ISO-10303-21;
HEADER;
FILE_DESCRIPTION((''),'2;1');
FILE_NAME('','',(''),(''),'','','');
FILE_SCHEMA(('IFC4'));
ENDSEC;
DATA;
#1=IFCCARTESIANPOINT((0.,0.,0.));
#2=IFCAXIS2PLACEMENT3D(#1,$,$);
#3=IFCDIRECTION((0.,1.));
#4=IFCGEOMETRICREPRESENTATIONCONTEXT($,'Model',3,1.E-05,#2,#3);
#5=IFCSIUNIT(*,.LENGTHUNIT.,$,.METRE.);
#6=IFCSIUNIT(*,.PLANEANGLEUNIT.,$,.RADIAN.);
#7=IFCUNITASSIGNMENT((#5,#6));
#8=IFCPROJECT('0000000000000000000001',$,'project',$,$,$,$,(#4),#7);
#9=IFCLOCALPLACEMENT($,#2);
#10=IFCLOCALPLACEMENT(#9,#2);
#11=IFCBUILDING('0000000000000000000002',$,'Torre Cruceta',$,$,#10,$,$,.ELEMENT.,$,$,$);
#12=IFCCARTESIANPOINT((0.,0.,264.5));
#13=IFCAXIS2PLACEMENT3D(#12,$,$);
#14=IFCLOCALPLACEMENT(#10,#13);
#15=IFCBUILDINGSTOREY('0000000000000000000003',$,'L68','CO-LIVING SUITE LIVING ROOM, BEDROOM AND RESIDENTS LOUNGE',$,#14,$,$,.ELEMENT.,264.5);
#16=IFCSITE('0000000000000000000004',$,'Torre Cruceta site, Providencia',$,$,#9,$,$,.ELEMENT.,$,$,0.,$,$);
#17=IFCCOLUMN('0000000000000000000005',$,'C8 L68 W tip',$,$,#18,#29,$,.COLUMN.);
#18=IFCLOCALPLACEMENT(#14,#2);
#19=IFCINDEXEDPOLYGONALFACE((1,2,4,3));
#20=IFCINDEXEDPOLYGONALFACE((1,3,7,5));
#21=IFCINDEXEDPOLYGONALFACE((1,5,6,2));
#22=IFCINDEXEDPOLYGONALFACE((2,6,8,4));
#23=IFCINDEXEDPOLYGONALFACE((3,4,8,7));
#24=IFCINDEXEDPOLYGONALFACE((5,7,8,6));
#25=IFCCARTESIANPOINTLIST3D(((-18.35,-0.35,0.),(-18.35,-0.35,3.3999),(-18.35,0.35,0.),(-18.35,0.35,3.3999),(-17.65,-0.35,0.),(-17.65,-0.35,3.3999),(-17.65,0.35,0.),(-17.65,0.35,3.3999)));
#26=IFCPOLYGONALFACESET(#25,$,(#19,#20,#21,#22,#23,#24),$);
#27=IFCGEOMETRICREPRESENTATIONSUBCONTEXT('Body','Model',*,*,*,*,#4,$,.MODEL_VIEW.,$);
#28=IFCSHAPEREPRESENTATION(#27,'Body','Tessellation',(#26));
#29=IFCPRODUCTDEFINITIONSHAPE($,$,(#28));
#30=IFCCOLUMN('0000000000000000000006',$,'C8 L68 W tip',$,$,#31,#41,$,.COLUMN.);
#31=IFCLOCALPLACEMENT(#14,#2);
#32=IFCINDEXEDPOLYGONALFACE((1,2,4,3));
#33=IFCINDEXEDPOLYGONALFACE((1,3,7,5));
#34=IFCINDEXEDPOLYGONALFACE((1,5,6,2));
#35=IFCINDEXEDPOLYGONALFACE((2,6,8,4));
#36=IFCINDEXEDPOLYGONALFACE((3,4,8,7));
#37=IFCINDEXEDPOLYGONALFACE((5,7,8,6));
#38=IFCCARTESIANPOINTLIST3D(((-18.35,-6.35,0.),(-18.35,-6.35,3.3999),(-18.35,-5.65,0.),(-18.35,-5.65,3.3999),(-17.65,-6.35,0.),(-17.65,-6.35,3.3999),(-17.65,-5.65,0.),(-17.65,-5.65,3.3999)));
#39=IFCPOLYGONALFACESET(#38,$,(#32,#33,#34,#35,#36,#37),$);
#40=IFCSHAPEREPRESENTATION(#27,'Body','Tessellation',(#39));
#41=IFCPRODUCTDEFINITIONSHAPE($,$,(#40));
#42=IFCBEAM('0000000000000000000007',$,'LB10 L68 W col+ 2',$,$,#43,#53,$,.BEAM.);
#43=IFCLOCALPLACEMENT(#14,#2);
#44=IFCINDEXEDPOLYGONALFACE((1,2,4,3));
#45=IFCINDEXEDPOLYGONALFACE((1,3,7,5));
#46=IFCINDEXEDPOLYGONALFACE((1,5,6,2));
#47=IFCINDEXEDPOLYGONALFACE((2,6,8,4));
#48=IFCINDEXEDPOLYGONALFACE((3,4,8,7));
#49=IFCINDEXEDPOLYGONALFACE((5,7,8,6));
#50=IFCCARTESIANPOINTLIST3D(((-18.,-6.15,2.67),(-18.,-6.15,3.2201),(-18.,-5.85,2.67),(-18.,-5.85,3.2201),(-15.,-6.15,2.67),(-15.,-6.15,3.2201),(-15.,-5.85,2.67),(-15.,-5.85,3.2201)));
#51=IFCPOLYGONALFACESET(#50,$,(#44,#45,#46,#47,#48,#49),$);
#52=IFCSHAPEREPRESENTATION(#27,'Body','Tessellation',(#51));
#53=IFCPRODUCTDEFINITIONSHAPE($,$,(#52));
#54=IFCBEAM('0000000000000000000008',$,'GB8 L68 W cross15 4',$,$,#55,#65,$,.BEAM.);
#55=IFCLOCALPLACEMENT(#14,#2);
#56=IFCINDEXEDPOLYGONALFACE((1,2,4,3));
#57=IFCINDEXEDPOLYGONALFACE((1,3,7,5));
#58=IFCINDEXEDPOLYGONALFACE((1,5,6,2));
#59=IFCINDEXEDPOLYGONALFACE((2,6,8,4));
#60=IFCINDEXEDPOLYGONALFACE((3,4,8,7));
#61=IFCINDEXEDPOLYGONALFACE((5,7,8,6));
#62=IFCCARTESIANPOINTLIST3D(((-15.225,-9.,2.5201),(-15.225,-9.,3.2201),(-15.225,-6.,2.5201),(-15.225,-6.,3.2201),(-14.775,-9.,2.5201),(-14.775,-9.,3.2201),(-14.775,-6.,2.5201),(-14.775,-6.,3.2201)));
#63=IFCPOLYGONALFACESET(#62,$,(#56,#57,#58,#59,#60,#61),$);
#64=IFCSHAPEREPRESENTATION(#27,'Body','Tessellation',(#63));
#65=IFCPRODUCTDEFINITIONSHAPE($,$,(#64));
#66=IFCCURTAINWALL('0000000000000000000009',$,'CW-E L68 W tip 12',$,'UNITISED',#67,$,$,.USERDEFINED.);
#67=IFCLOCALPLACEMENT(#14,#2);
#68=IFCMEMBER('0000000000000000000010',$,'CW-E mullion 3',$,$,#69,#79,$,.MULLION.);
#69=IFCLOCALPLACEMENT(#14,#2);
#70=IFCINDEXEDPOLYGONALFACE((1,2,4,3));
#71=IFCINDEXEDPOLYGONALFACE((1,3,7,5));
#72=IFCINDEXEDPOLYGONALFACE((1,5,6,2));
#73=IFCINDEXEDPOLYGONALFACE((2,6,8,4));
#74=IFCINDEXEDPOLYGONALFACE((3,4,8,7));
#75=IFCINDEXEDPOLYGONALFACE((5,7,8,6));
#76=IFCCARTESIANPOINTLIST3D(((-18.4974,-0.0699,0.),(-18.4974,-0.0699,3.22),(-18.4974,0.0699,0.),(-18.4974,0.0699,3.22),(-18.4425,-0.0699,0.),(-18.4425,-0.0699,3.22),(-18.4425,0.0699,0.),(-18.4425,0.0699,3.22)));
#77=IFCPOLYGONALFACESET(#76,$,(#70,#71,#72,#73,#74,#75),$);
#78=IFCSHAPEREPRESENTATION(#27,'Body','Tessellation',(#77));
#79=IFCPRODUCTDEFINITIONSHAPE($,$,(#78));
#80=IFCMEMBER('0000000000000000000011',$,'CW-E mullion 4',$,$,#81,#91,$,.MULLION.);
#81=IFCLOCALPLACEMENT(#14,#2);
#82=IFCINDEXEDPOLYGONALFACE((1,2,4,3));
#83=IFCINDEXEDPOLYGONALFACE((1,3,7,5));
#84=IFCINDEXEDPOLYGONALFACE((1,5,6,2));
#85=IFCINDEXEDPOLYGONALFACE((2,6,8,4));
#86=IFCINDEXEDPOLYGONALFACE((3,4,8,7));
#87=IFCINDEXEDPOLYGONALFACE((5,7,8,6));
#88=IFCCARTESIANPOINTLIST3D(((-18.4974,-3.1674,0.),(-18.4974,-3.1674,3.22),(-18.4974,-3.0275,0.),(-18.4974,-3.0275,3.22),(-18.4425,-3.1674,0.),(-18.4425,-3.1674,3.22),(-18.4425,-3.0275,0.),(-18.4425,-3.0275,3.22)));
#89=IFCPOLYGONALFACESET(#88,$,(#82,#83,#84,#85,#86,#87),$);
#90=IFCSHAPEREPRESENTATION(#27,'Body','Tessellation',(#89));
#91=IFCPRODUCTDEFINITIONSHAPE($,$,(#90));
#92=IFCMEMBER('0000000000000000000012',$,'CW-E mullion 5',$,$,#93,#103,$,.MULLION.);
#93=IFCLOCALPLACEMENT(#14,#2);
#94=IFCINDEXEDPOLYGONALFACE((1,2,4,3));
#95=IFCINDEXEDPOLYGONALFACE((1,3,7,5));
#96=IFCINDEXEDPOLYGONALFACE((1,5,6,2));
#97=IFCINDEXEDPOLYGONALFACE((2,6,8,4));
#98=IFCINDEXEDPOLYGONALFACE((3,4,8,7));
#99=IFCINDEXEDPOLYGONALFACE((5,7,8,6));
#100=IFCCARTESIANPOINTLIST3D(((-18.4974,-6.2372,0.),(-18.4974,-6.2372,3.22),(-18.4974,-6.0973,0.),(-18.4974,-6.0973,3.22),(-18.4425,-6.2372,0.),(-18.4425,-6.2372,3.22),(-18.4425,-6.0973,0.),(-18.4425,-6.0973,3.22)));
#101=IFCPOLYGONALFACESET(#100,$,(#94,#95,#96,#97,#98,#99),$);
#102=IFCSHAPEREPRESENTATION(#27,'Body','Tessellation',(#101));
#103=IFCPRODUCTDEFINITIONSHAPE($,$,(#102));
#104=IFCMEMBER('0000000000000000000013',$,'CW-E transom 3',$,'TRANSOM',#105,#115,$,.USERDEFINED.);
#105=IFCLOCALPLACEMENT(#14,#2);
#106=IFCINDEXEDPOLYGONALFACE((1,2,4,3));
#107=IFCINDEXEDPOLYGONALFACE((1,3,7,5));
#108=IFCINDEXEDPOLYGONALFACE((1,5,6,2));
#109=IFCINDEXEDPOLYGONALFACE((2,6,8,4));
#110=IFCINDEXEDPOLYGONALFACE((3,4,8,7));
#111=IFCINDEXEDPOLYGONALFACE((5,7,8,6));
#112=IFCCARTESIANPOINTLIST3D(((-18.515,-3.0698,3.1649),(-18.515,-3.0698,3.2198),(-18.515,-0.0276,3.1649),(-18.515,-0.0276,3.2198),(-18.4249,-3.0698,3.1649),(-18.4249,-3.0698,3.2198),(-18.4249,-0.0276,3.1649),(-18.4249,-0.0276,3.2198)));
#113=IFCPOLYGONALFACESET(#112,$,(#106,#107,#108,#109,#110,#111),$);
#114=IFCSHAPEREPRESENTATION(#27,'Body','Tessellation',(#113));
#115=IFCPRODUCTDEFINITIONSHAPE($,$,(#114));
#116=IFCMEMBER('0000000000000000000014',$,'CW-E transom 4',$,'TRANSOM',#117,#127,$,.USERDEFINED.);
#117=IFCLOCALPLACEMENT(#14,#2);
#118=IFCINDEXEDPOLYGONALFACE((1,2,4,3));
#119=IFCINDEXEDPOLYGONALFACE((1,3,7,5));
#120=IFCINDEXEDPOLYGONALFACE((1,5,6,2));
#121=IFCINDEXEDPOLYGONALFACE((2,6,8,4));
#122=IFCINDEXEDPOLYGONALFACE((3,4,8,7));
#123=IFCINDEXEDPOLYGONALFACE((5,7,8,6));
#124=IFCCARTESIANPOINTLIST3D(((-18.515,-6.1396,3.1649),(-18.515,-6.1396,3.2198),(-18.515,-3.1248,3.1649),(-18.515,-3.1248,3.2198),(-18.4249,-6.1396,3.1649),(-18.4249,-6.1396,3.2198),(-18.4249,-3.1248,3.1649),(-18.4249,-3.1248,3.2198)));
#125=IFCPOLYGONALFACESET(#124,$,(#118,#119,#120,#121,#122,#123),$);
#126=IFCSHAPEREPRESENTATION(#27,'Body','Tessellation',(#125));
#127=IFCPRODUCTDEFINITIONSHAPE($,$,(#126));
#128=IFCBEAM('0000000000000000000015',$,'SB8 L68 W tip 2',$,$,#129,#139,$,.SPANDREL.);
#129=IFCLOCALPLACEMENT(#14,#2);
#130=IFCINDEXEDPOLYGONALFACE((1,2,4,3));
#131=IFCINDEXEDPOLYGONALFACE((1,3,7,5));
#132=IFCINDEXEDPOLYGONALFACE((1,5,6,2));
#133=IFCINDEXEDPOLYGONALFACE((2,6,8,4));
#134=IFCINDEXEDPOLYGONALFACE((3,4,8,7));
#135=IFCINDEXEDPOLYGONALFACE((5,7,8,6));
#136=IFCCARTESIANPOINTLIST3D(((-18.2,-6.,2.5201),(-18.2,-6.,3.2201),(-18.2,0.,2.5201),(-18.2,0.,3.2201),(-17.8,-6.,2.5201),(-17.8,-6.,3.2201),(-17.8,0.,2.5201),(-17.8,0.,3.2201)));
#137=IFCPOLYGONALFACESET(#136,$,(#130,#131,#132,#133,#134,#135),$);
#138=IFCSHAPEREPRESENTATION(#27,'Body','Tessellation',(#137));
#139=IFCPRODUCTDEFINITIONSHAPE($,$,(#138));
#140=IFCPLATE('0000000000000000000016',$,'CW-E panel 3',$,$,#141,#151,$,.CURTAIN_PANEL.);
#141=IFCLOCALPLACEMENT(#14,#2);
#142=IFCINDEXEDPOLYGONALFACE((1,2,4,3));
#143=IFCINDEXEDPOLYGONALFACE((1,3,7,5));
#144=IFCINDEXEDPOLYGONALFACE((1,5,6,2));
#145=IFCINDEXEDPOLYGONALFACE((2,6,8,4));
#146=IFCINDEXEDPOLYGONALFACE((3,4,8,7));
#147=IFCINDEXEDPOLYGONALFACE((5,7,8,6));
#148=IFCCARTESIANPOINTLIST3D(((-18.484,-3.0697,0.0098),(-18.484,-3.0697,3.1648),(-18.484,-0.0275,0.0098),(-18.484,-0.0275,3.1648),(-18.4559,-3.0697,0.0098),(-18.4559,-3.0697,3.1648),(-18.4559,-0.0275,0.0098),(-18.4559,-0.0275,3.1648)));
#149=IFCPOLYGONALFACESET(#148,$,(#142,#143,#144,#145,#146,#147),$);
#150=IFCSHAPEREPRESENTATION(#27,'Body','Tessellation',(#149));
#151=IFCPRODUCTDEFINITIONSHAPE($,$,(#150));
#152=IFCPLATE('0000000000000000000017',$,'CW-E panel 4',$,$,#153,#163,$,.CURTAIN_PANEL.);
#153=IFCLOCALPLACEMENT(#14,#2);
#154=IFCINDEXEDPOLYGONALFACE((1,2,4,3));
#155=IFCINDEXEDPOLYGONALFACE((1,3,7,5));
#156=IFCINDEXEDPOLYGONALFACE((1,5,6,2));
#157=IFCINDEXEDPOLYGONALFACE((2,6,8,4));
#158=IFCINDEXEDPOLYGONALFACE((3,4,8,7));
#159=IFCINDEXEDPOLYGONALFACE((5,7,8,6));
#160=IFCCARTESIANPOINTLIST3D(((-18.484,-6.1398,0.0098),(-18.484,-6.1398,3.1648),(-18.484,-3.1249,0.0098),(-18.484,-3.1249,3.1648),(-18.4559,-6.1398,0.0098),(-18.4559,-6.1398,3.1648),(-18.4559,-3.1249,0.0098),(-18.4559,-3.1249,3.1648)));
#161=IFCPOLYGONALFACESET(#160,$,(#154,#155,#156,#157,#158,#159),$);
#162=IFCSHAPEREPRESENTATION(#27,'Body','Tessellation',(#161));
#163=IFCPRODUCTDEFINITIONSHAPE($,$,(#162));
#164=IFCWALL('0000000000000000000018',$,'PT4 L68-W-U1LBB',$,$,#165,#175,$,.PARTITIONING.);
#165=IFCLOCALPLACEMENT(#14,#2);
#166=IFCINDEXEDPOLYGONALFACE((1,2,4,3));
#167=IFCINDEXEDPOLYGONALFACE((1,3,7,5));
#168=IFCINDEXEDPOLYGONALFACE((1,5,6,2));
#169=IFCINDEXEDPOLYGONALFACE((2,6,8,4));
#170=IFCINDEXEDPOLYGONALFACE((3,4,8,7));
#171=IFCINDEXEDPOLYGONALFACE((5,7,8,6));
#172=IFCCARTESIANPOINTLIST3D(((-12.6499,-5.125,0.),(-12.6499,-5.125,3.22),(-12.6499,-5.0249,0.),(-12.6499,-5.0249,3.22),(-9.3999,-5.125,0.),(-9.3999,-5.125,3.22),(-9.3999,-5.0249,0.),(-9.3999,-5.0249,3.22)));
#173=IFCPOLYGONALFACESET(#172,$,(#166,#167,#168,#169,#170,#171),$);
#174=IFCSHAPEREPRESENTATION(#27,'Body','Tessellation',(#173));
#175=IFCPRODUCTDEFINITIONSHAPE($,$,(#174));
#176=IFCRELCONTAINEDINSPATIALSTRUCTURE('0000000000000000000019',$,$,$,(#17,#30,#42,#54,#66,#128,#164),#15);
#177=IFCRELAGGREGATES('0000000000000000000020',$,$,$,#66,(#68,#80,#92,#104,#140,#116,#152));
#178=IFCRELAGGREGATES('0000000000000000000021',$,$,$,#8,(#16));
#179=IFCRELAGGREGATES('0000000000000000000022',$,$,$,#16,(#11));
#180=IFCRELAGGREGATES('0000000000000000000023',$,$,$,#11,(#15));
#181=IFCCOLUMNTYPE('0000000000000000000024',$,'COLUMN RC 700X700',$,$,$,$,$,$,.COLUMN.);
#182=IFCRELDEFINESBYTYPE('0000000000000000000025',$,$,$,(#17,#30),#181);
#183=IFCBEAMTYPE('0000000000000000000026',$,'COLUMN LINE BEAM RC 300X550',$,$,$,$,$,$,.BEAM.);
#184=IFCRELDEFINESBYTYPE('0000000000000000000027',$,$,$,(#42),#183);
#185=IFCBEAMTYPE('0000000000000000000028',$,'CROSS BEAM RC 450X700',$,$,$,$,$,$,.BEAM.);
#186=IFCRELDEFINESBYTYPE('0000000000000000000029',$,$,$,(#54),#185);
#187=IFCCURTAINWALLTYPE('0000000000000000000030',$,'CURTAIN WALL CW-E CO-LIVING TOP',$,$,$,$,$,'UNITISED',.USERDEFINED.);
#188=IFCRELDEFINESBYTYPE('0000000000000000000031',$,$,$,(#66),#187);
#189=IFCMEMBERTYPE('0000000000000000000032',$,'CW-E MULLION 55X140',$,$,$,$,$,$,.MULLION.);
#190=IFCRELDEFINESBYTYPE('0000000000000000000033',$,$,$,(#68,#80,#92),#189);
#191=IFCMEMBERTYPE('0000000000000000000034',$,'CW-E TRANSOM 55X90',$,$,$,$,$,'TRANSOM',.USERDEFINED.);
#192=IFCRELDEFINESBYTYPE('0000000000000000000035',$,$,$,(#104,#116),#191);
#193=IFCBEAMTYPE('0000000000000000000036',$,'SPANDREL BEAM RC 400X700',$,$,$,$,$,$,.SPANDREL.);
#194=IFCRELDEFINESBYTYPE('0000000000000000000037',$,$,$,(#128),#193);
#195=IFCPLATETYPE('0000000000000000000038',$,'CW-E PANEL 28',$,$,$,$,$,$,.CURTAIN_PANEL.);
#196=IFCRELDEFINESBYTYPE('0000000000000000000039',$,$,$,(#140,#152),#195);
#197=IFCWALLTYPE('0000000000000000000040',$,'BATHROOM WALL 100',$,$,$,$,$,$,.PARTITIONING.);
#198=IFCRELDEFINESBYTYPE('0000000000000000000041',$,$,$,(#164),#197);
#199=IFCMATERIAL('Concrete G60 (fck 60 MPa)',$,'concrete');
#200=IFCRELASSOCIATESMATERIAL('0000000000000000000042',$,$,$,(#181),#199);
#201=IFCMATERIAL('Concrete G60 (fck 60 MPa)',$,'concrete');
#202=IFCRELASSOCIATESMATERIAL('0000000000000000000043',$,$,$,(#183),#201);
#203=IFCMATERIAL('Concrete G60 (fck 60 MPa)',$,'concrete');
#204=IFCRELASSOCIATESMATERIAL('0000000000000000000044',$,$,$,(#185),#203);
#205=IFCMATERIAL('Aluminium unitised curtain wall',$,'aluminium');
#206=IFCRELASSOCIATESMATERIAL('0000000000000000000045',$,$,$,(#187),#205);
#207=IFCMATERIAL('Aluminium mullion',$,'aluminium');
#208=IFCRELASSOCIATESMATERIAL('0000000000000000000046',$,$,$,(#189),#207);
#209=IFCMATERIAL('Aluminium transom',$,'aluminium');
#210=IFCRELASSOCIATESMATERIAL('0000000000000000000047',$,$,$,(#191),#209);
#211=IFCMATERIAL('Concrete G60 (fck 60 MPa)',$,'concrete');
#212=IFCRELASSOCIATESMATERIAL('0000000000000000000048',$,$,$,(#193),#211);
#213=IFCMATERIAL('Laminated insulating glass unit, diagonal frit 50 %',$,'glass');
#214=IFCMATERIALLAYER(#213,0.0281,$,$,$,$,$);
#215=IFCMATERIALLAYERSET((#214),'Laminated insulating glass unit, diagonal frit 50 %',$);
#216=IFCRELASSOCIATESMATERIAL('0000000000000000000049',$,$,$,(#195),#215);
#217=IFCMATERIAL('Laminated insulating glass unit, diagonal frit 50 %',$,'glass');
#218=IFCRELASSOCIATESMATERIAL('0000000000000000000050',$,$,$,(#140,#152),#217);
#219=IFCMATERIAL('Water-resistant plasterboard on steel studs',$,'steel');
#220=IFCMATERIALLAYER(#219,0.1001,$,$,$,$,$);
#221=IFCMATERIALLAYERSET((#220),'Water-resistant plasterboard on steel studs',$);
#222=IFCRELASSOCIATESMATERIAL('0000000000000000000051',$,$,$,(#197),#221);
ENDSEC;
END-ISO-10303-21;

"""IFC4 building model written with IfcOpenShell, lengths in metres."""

from ifc_helpers import new_model, si_unit, direction, frame, frame_2d, origin, origin_2d, place, context, subcontext, project, spatial, rectangle, extrude, material, layer, layer_set, material_profile, profile_set, type_object, element, aggregate, save


model = new_model("IFC4")

# Units and contexts
model_context = context("Model", 3, precision=1e-05, world=origin(), true_north=direction((0.0, 1.0)))
body_context = subcontext(model_context, "Body", "Model", "MODEL_VIEW")
ifc_project = project(units=[si_unit("LENGTHUNIT", "METRE"), si_unit("PLANEANGLEUNIT", "RADIAN")], contexts=[model_context])

# Site, building, storey
site_placement = place(None, origin())
site = spatial("IfcSite", under=ifc_project, at=site_placement, Name="Torre Cruceta site, Providencia", CompositionType="ELEMENT", RefElevation=0.0)
building_placement = place(site_placement, origin())
building = spatial("IfcBuilding", under=site, at=building_placement, Name="Torre Cruceta", CompositionType="ELEMENT")
storey_placement = place(building_placement, frame((0.0, 0.0, 264.5)))
storey = spatial("IfcBuildingStorey", under=building, at=storey_placement, Name="L68", Description="CO-LIVING SUITE LIVING ROOM, BEDROOM AND RESIDENTS LOUNGE", CompositionType="ELEMENT", Elevation=264.5)

# Columns
ifc_material_1 = material(Name="Concrete G60 (fck 60 MPa)", Category="concrete")
ifc_material_profile_1 = material_profile(ifc_material_1, rectangle(XDim=0.7, YDim=0.7, at=origin_2d()), Name="RC 700X700")
ifc_profile_set_1 = profile_set([ifc_material_profile_1], Name="Concrete G60 (fck 60 MPa)")
column_type = type_object("IfcColumnType", Name="COLUMN RC 700X700", PredefinedType="COLUMN", material=ifc_profile_set_1)
for number, where, z_axis, x_axis, name in (
    (1, (-18.0, 0.0, 0.0), (0.0, 0.0, 1.0), (1.0, 0.0, 0.0), "C8 L68 W tip"),
    (2, (-18.0, -6.0, 0.0), (0.0, 0.0, 1.0), (1.0, 0.0, 0.0), "C8 L68 W tip"),
):
    element("IfcColumn", number, at=place(storey_placement, frame(where, z_axis=z_axis, x_axis=x_axis)), inside=storey, type_object=column_type, Name=name, PredefinedType="COLUMN", context=body_context, shape_type="SweptSolid", body=[
        extrude(rectangle(XDim=0.7, YDim=0.7, at=origin_2d()), origin(), (0.0, 0.0, 1.0), 3.3999),
    ])

# Beams
ifc_material_2 = material(Name="Concrete G60 (fck 60 MPa)", Category="concrete")
ifc_material_profile_2 = material_profile(ifc_material_2, rectangle(XDim=0.3, YDim=0.55, at=origin_2d()), Name="RC 300X550")
ifc_profile_set_2 = profile_set([ifc_material_profile_2], Name="Concrete G60 (fck 60 MPa)")
beam_type_1 = type_object("IfcBeamType", Name="COLUMN LINE BEAM RC 300X550", PredefinedType="BEAM", material=ifc_profile_set_2)
beam_1_placement = place(storey_placement, frame((-15.0, -6.0, 2.9451), z_axis=(-1.0, 0.0, 0.0), x_axis=(0.0, -1.0, 0.0)))
element("IfcBeam", 3, at=beam_1_placement, inside=storey, type_object=beam_type_1, Name="LB10 L68 W col+ 2", PredefinedType="BEAM", context=body_context, shape_type="SweptSolid", body=[
    extrude(rectangle(XDim=0.3, YDim=0.55, at=origin_2d()), origin(), (0.0, 0.0, 1.0), 3.0),
])
ifc_material_3 = material(Name="Concrete G60 (fck 60 MPa)", Category="concrete")
ifc_material_profile_3 = material_profile(ifc_material_3, rectangle(XDim=0.45, YDim=0.7, at=origin_2d()), Name="RC 450X700")
ifc_profile_set_3 = profile_set([ifc_material_profile_3], Name="Concrete G60 (fck 60 MPa)")
beam_type_2 = type_object("IfcBeamType", Name="CROSS BEAM RC 450X700", PredefinedType="BEAM", material=ifc_profile_set_3)
beam_2_placement = place(storey_placement, frame((-15.0, -6.0, 2.8701), z_axis=(0.0, -1.0, 0.0), x_axis=(1.0, 0.0, 0.0)))
element("IfcBeam", 4, at=beam_2_placement, inside=storey, type_object=beam_type_2, Name="GB8 L68 W cross15 4", PredefinedType="BEAM", context=body_context, shape_type="SweptSolid", body=[
    extrude(rectangle(XDim=0.45, YDim=0.7, at=origin_2d()), origin(), (0.0, 0.0, 1.0), 3.0),
])

# Curtain wall, members
ifc_material_4 = material(Name="Aluminium unitised curtain wall", Category="aluminium")
curtain_wall_type = type_object("IfcCurtainWallType", Name="CURTAIN WALL CW-E CO-LIVING TOP", ElementType="UNITISED", PredefinedType="USERDEFINED", material=ifc_material_4)
curtain_wall_placement = place(storey_placement, origin())
curtain_wall = element("IfcCurtainWall", 5, at=curtain_wall_placement, inside=storey, type_object=curtain_wall_type, Name="CW-E L68 W tip 12", ObjectType="UNITISED", PredefinedType="USERDEFINED")
ifc_material_5 = material(Name="Aluminium mullion", Category="aluminium")
ifc_material_profile_4 = material_profile(ifc_material_5, rectangle(XDim=0.0549, YDim=0.1399, at=origin_2d()), Name="AL 55X140")
ifc_profile_set_4 = profile_set([ifc_material_profile_4], Name="Aluminium mullion")
member_type_1 = type_object("IfcMemberType", Name="CW-E MULLION 55X140", PredefinedType="MULLION", material=ifc_profile_set_4)
member_1_placement = place(storey_placement, frame((-18.47, 0.0, 0.0), z_axis=(0.0, 0.0, 1.0), x_axis=(1.0, 0.0, 0.0)))
member_1 = element("IfcMember", 6, at=member_1_placement, type_object=member_type_1, Name="CW-E mullion 3", PredefinedType="MULLION", context=body_context, shape_type="SweptSolid", body=[
    extrude(rectangle(XDim=0.0549, YDim=0.1399, at=origin_2d()), origin(), (0.0, 0.0, 1.0), 3.22),
])
member_2_placement = place(storey_placement, frame((-18.47, -3.0974, 0.0), z_axis=(0.0, 0.0, 1.0), x_axis=(1.0, 0.0, 0.0)))
member_2 = element("IfcMember", 7, at=member_2_placement, type_object=member_type_1, Name="CW-E mullion 4", PredefinedType="MULLION", context=body_context, shape_type="SweptSolid", body=[
    extrude(rectangle(XDim=0.0549, YDim=0.1399, at=origin_2d()), origin(), (0.0, 0.0, 1.0), 3.22),
])
member_3_placement = place(storey_placement, frame((-18.47, -6.1672, 0.0), z_axis=(0.0, 0.0, 1.0), x_axis=(1.0, 0.0, 0.0)))
member_3 = element("IfcMember", 8, at=member_3_placement, type_object=member_type_1, Name="CW-E mullion 5", PredefinedType="MULLION", context=body_context, shape_type="SweptSolid", body=[
    extrude(rectangle(XDim=0.0549, YDim=0.1399, at=origin_2d()), origin(), (0.0, 0.0, 1.0), 3.22),
])
ifc_material_6 = material(Name="Aluminium transom", Category="aluminium")
ifc_material_profile_5 = material_profile(ifc_material_6, rectangle(XDim=0.0901, YDim=0.0549, at=origin_2d()), Name="AL 90X55")
ifc_profile_set_5 = profile_set([ifc_material_profile_5], Name="Aluminium transom")
member_type_2 = type_object("IfcMemberType", Name="CW-E TRANSOM 55X90", ElementType="TRANSOM", PredefinedType="USERDEFINED", material=ifc_profile_set_5)
member_4_placement = place(storey_placement, frame((-18.47, -0.0276, 3.1924), z_axis=(0.0, -1.0, 0.0), x_axis=(1.0, 0.0, 0.0)))
member_4 = element("IfcMember", 9, at=member_4_placement, type_object=member_type_2, Name="CW-E transom 3", ObjectType="TRANSOM", PredefinedType="USERDEFINED", context=body_context, shape_type="SweptSolid", body=[
    extrude(rectangle(XDim=0.0901, YDim=0.0549, at=origin_2d()), origin(), (0.0, 0.0, 1.0), 3.0422),
])
member_5_placement = place(storey_placement, frame((-18.47, -3.1248, 3.1924), z_axis=(0.0, -1.0, 0.0), x_axis=(1.0, 0.0, 0.0)))
member_5 = element("IfcMember", 10, at=member_5_placement, type_object=member_type_2, Name="CW-E transom 4", ObjectType="TRANSOM", PredefinedType="USERDEFINED", context=body_context, shape_type="SweptSolid", body=[
    extrude(rectangle(XDim=0.0901, YDim=0.0549, at=origin_2d()), origin(), (0.0, 0.0, 1.0), 3.0149),
])

# Beam
ifc_material_7 = material(Name="Concrete G60 (fck 60 MPa)", Category="concrete")
ifc_material_profile_6 = material_profile(ifc_material_7, rectangle(XDim=0.3999, YDim=0.7, at=origin_2d()), Name="RC 400X700")
ifc_profile_set_6 = profile_set([ifc_material_profile_6], Name="Concrete G60 (fck 60 MPa)")
beam_type_3 = type_object("IfcBeamType", Name="SPANDREL BEAM RC 400X700", PredefinedType="SPANDREL", material=ifc_profile_set_6)
beam_3_placement = place(storey_placement, frame((-18.0, 0.0, 2.8701), z_axis=(0.0, -1.0, 0.0), x_axis=(1.0, 0.0, 0.0)))
element("IfcBeam", 11, at=beam_3_placement, inside=storey, type_object=beam_type_3, Name="SB8 L68 W tip 2", PredefinedType="SPANDREL", context=body_context, shape_type="SweptSolid", body=[
    extrude(rectangle(XDim=0.3999, YDim=0.7, at=origin_2d()), origin(), (0.0, 0.0, 1.0), 6.0),
])

# Plates
ifc_material_8 = material(Name="Laminated insulating glass unit, diagonal frit 50 %", Category="glass")
ifc_material_9 = material(Name="Laminated insulating glass unit, diagonal frit 50 %", Category="glass")
ifc_layer_1 = layer(ifc_material_9, 0.0281)
ifc_layer_set_1 = layer_set([ifc_layer_1], Name="Laminated insulating glass unit, diagonal frit 50 %")
plate_type = type_object("IfcPlateType", Name="CW-E PANEL 28", PredefinedType="CURTAIN_PANEL", material=ifc_layer_set_1)
plate_1_placement = place(storey_placement, frame((-18.47, -1.5486, 0.0098), z_axis=(0.0, 0.0, 1.0), x_axis=(0.0, -1.0, 0.0)))
plate_1 = element("IfcPlate", 12, at=plate_1_placement, type_object=plate_type, material=ifc_material_8, Name="CW-E panel 3", PredefinedType="CURTAIN_PANEL", context=body_context, shape_type="SweptSolid", body=[
    extrude(rectangle(XDim=3.0422, YDim=0.0281, at=origin_2d()), origin(), (0.0, 0.0, 1.0), 3.155),
])
plate_2_placement = place(storey_placement, frame((-18.47, -4.6323, 0.0098), z_axis=(0.0, 0.0, 1.0), x_axis=(0.0, -1.0, 0.0)))
plate_2 = element("IfcPlate", 13, at=plate_2_placement, type_object=plate_type, material=ifc_material_8, Name="CW-E panel 4", PredefinedType="CURTAIN_PANEL", context=body_context, shape_type="SweptSolid", body=[
    extrude(rectangle(XDim=3.0149, YDim=0.0281, at=origin_2d()), origin(), (0.0, 0.0, 1.0), 3.155),
])
aggregate(curtain_wall, [member_1, member_2, member_3, member_4, plate_1, member_5, plate_2])

# Wall
ifc_material_10 = material(Name="Water-resistant plasterboard on steel studs", Category="steel")
ifc_layer_2 = layer(ifc_material_10, 0.1001)
ifc_layer_set_2 = layer_set([ifc_layer_2], Name="Water-resistant plasterboard on steel studs")
wall_type_1 = type_object("IfcWallType", Name="BATHROOM WALL 100", PredefinedType="PARTITIONING", material=ifc_layer_set_2)
wall_1_placement = place(storey_placement, frame((-9.3999, -5.075, 0.0), z_axis=(0.0, 0.0, 1.0), x_axis=(-1.0, 0.0, 0.0)))
element("IfcWall", 14, at=wall_1_placement, inside=storey, type_object=wall_type_1, Name="PT4 L68-W-U1LBB", PredefinedType="PARTITIONING", context=body_context, shape_type="SweptSolid", body=[
    extrude(rectangle(XDim=3.25, YDim=0.1001, at=frame_2d((1.625, 0.0))), origin(), (0.0, 0.0, 1.0), 3.22),
])

save(model, "model.ifc")
